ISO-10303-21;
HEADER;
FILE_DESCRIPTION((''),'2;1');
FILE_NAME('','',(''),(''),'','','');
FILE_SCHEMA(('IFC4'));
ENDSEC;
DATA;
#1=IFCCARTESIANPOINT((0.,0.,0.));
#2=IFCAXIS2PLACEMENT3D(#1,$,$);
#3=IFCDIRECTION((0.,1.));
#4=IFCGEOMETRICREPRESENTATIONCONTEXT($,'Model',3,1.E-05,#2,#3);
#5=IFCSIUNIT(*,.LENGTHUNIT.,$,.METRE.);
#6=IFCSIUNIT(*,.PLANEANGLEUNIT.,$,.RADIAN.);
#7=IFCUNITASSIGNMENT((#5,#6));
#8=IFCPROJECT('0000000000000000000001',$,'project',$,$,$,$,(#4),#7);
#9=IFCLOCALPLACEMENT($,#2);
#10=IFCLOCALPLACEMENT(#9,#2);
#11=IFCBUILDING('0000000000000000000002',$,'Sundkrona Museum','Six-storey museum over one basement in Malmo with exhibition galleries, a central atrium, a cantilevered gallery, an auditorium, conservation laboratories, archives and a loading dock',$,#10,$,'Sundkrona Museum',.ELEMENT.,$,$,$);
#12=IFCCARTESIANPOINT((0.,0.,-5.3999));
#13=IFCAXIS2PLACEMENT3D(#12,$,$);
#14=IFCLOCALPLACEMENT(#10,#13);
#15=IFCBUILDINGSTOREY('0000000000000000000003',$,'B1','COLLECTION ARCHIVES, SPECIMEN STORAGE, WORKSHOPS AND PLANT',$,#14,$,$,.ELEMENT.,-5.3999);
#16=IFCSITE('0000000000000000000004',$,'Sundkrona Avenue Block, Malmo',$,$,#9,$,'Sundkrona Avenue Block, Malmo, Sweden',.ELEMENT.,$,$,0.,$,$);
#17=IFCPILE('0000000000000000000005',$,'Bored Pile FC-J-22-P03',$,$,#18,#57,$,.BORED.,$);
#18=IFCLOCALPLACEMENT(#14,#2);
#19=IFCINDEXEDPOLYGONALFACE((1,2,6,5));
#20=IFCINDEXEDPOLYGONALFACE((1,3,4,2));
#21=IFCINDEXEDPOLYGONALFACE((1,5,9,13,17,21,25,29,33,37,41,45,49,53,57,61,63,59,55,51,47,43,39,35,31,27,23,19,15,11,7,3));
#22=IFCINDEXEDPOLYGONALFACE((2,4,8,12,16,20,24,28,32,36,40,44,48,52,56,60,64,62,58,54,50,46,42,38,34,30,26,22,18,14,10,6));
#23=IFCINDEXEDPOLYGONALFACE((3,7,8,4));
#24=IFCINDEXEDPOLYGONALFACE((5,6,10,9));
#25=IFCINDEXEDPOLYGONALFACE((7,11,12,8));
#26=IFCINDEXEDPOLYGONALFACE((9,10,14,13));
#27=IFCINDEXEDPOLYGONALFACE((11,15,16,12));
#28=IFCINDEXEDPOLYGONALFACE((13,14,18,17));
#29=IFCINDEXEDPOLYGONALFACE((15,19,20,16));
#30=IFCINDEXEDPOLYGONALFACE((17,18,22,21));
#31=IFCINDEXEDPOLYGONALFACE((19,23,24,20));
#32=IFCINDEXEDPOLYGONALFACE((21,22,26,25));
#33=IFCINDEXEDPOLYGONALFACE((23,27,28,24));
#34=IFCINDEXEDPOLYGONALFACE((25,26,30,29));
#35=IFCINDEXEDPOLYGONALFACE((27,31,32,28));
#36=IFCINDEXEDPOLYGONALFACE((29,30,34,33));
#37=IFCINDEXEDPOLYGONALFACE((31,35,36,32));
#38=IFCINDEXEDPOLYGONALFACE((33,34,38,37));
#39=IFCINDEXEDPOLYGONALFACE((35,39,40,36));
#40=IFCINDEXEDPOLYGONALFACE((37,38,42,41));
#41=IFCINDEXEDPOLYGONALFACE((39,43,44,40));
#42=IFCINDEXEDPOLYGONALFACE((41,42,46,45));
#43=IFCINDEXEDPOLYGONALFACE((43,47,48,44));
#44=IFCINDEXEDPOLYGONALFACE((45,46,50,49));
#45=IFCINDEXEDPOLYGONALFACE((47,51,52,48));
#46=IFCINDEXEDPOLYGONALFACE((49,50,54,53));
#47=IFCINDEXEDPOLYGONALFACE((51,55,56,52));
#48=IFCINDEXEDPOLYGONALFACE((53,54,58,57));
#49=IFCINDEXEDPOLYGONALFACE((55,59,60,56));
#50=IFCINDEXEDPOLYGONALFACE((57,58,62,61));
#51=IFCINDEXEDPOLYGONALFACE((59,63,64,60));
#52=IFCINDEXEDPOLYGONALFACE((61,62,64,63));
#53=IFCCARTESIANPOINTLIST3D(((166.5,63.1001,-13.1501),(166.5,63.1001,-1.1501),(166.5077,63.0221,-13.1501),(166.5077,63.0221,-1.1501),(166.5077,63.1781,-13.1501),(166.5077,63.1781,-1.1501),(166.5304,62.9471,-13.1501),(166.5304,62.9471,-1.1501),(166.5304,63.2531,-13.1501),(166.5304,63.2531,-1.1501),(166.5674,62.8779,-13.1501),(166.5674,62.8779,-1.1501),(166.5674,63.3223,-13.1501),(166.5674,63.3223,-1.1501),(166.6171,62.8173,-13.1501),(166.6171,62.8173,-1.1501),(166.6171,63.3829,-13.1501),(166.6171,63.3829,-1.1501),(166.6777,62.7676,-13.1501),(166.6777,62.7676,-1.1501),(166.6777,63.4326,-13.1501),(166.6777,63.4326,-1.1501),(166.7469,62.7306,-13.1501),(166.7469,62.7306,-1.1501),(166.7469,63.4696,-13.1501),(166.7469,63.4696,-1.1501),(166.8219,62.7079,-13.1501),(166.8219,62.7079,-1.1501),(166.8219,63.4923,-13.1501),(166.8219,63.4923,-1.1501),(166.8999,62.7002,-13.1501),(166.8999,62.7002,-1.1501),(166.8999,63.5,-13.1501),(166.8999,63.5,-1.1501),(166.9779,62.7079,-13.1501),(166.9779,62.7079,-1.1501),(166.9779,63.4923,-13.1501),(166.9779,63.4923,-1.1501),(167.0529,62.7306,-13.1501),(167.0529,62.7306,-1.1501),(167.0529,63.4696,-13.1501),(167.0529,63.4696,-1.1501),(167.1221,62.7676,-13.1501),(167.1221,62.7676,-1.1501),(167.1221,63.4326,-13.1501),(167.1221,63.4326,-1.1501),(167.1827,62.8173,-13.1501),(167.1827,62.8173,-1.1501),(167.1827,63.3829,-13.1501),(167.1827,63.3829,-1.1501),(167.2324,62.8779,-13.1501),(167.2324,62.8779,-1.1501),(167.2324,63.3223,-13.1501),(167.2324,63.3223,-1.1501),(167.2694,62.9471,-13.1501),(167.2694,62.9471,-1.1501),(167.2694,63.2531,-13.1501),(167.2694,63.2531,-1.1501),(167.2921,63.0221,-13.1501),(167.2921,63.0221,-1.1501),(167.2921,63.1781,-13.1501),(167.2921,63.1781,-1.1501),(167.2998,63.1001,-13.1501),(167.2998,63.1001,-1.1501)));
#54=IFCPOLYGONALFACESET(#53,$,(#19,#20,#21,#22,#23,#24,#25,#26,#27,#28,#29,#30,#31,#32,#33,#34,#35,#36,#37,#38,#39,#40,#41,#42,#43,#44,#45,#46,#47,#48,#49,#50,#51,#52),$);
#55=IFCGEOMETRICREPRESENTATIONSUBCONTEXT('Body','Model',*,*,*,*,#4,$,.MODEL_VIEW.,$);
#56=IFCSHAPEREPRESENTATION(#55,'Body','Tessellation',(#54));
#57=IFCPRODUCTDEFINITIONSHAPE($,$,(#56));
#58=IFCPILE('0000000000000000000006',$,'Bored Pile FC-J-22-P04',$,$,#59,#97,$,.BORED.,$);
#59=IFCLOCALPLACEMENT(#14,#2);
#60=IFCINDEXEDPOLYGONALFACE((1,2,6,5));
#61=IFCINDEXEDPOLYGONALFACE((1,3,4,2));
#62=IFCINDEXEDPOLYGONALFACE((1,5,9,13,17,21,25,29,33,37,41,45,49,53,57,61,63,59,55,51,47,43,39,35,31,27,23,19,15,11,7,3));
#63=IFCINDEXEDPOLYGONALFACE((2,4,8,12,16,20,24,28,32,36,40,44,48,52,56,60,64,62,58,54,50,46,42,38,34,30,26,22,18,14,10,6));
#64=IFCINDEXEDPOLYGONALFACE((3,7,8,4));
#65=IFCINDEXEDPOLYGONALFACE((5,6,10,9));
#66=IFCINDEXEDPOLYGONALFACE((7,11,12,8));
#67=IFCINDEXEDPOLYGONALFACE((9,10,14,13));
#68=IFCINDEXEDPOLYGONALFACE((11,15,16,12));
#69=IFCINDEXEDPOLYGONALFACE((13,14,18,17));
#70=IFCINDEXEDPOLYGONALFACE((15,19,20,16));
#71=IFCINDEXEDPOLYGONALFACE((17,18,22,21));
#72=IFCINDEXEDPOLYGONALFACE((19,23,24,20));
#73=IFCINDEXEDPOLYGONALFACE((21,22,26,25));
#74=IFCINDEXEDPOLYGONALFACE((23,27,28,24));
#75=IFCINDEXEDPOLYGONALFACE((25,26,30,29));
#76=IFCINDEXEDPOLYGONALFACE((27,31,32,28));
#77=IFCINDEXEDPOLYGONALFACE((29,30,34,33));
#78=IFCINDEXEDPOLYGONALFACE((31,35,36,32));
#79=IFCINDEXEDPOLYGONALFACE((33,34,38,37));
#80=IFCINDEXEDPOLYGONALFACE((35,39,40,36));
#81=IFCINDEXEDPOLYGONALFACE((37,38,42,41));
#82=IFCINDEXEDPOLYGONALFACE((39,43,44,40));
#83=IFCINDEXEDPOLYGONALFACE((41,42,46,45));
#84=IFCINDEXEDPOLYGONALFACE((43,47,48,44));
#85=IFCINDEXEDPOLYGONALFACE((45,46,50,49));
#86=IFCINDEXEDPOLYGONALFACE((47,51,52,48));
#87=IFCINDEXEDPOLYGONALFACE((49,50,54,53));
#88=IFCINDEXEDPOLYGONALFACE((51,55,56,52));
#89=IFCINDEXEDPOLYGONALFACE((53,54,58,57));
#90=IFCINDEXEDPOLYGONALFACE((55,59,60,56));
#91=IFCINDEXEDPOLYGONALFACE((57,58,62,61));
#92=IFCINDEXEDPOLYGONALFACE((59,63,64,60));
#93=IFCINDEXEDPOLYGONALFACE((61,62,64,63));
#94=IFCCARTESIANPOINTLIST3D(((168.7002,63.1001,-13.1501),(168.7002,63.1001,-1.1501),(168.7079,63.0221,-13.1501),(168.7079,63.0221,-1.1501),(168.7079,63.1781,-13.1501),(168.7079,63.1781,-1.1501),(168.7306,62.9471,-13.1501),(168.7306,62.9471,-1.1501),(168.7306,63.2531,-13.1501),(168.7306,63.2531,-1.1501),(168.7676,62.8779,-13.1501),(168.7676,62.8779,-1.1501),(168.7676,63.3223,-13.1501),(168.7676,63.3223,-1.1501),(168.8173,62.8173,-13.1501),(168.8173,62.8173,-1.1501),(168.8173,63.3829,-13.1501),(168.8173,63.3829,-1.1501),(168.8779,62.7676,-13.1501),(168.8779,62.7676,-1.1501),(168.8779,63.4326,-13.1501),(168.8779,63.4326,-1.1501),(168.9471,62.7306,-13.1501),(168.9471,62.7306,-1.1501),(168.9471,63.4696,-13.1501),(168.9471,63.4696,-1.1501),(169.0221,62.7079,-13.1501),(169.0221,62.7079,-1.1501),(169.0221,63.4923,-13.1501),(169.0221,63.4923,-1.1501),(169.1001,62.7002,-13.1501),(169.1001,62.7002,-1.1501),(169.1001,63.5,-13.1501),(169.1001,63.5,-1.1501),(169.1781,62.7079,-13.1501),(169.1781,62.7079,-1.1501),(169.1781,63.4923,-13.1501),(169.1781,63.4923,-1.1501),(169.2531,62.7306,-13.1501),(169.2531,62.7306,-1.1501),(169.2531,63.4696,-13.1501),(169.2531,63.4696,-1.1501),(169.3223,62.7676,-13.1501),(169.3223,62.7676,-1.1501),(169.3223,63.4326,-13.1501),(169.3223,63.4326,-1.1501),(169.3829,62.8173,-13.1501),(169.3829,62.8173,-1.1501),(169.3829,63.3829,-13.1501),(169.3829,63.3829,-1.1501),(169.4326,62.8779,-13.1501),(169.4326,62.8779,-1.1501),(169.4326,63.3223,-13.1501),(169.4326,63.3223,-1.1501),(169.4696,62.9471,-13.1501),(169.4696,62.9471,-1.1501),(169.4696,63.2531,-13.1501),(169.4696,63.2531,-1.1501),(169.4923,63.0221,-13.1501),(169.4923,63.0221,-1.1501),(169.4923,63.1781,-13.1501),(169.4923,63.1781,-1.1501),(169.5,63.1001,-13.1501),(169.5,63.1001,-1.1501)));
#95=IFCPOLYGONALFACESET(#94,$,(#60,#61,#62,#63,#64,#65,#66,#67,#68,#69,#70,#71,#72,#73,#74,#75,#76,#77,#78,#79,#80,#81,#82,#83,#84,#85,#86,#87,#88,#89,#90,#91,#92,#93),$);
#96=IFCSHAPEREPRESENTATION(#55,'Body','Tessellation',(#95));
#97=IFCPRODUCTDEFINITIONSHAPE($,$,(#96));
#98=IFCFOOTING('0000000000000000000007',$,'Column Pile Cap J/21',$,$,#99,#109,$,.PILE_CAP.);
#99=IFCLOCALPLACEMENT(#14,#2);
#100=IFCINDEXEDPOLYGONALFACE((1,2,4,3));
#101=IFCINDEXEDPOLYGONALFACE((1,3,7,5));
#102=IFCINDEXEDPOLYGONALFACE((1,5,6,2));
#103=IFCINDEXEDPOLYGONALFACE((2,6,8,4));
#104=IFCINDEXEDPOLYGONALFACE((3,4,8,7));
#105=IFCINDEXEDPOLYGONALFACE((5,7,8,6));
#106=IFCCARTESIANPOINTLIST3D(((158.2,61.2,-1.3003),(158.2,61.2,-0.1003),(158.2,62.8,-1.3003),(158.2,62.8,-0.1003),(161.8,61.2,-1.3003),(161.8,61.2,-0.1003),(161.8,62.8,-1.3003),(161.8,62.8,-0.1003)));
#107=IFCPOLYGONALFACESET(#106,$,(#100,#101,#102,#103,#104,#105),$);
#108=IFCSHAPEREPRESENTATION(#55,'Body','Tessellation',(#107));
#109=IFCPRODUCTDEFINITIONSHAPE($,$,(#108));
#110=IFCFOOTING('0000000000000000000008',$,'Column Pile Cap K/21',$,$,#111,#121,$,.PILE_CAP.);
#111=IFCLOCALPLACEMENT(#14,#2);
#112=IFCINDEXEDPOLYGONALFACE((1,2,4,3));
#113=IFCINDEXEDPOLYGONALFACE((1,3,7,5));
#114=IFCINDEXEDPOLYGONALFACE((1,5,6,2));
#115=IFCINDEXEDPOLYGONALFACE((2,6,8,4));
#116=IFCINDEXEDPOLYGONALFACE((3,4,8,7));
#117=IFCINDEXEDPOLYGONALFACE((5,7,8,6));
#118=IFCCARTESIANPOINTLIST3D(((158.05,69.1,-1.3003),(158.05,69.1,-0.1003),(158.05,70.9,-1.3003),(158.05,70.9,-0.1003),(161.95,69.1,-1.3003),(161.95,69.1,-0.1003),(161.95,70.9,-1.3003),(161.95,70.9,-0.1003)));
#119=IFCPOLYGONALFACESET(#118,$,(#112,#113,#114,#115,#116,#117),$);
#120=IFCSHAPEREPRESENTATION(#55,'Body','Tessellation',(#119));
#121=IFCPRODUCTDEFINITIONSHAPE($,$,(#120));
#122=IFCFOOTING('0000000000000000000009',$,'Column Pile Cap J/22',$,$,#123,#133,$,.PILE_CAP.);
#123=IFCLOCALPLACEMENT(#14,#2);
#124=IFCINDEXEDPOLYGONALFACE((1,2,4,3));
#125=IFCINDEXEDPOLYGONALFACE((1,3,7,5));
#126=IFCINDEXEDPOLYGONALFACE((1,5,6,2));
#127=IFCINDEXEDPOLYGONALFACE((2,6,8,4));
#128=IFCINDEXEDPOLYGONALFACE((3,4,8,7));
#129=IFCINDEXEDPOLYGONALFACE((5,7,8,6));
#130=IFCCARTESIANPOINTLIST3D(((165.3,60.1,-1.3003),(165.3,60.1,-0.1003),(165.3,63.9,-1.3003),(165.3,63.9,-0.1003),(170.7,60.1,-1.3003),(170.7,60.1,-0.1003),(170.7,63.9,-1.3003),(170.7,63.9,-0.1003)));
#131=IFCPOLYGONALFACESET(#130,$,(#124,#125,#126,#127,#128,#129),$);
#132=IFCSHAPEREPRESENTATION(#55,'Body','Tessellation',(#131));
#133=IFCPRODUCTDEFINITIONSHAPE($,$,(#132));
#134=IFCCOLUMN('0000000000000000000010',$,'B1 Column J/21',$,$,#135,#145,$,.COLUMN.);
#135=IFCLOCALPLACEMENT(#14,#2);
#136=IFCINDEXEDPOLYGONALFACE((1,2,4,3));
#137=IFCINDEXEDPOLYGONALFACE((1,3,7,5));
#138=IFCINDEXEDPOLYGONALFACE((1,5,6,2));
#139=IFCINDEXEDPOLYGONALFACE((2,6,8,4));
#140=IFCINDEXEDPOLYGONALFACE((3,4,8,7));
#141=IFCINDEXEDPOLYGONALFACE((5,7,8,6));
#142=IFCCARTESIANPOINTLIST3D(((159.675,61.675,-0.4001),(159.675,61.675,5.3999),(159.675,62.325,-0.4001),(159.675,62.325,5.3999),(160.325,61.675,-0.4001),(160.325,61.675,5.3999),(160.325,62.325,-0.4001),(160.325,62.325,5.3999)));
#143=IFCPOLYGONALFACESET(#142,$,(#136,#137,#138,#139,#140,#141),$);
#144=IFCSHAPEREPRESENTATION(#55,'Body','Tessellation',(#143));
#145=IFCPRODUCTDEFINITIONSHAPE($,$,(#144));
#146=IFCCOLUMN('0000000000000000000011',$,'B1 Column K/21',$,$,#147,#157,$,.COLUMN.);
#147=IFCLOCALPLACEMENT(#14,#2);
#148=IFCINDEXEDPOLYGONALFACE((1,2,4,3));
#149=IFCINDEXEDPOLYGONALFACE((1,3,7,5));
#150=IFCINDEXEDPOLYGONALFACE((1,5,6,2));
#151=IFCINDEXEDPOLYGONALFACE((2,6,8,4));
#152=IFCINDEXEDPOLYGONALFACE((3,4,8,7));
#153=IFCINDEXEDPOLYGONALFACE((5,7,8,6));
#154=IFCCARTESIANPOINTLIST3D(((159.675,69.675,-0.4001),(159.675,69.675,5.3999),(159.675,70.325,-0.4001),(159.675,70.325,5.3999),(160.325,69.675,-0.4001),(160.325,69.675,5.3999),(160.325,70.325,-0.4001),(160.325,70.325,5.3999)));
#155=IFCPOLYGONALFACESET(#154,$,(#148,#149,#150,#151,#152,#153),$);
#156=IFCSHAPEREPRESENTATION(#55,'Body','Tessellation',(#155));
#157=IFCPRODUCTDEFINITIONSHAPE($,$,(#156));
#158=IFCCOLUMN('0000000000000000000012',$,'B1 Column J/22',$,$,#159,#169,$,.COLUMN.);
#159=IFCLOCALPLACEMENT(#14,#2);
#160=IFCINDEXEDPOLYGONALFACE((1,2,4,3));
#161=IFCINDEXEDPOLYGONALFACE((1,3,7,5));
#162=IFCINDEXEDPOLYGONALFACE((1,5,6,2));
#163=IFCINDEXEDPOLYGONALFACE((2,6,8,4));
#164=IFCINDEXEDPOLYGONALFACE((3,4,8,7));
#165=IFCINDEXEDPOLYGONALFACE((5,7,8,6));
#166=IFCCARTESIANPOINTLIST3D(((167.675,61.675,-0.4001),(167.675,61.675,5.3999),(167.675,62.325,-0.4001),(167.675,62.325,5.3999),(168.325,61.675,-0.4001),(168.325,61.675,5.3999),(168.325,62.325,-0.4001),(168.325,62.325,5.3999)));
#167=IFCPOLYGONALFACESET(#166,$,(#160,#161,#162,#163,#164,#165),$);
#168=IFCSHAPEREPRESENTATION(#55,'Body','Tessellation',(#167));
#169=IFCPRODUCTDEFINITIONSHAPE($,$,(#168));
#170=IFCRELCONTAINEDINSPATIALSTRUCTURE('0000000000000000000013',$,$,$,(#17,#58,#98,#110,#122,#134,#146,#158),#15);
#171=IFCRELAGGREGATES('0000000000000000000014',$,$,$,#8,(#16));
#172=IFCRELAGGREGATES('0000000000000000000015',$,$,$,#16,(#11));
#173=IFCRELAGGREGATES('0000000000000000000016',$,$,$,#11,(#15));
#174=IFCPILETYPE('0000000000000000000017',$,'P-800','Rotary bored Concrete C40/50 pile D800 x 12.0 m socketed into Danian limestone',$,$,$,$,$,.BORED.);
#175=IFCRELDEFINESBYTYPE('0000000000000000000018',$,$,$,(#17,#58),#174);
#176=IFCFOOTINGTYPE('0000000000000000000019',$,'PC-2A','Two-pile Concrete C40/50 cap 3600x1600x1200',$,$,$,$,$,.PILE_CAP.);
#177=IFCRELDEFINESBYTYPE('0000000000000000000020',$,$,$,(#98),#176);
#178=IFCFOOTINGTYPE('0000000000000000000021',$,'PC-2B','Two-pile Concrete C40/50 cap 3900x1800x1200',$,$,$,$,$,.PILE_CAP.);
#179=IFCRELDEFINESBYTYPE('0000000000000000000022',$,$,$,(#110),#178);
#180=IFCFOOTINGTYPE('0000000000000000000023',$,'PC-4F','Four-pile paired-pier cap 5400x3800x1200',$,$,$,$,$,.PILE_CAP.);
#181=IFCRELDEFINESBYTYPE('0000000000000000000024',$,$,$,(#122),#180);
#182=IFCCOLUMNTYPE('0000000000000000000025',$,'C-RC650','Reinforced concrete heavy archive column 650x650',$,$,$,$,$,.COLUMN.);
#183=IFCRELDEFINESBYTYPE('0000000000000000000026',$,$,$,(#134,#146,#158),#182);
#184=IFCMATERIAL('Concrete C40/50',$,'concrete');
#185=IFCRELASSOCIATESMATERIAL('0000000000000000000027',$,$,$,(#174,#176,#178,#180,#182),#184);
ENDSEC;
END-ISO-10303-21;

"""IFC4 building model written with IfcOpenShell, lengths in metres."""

from ifc_helpers import new_model, si_unit, direction, frame, origin, origin_2d, place, context, subcontext, project, spatial, rectangle, circle, extrude, material, material_profile, profile_set, type_object, element, save


model = new_model("IFC4")

# Units and contexts
model_context = context("Model", 3, precision=1e-05, world=origin(), true_north=direction((0.0, 1.0)))
body_context = subcontext(model_context, "Body", "Model", "MODEL_VIEW")
ifc_project = project(units=[si_unit("LENGTHUNIT", "METRE"), si_unit("PLANEANGLEUNIT", "RADIAN")], contexts=[model_context])

# Site, building, storey
site_placement = place(None, origin())
site = spatial("IfcSite", under=ifc_project, at=site_placement, Name="Sundkrona Avenue Block, Malmo", LongName="Sundkrona Avenue Block, Malmo, Sweden", CompositionType="ELEMENT", RefElevation=0.0)
building_placement = place(site_placement, origin())
building = spatial("IfcBuilding", under=site, at=building_placement, Name="Sundkrona Museum", Description="Six-storey museum over one basement in Malmo with exhibition galleries, a central atrium, a cantilevered gallery, an auditorium, conservation laboratories, archives and a loading dock", LongName="Sundkrona Museum", CompositionType="ELEMENT")
storey_placement = place(building_placement, frame((0.0, 0.0, -5.3999)))
storey = spatial("IfcBuildingStorey", under=building, at=storey_placement, Name="B1", Description="COLLECTION ARCHIVES, SPECIMEN STORAGE, WORKSHOPS AND PLANT", CompositionType="ELEMENT", Elevation=-5.3999)

# Shared definitions
ifc_material_1 = material(Name="Concrete C40/50", Category="concrete")

# Piles
ifc_material_profile_1 = material_profile(ifc_material_1, circle(Radius=0.3999, at=origin_2d()), Name="PILE D800")
ifc_profile_set_1 = profile_set([ifc_material_profile_1], Name="Concrete C40/50")
pile_type = type_object("IfcPileType", Name="P-800", Description="Rotary bored Concrete C40/50 pile D800 x 12.0 m socketed into Danian limestone", PredefinedType="BORED", material=ifc_profile_set_1)
for number, where, z_axis, x_axis, name in (
    (1, (166.8999, 63.1001, -1.1501), (0.0, 0.0, -1.0), (1.0, 0.0, 0.0), "Bored Pile FC-J-22-P03"),
    (2, (169.1001, 63.1001, -1.1501), (0.0, 0.0, -1.0), (1.0, 0.0, 0.0), "Bored Pile FC-J-22-P04"),
):
    element("IfcPile", number, at=place(storey_placement, frame(where, z_axis=z_axis, x_axis=x_axis)), inside=storey, type_object=pile_type, Name=name, PredefinedType="BORED", context=body_context, shape_type="SweptSolid", body=[
        extrude(circle(Radius=0.3999, at=origin_2d()), origin(), (0.0, 0.0, 1.0), 12.0),
    ])

# Footings
footing_type_1 = type_object("IfcFootingType", Name="PC-2A", Description="Two-pile Concrete C40/50 cap 3600x1600x1200", PredefinedType="PILE_CAP", material=ifc_material_1)
footing_1_placement = place(storey_placement, frame((160.0, 62.0, -1.3003), z_axis=(0.0, 0.0, 1.0), x_axis=(1.0, 0.0, 0.0)))
element("IfcFooting", 3, at=footing_1_placement, inside=storey, type_object=footing_type_1, Name="Column Pile Cap J/21", PredefinedType="PILE_CAP", context=body_context, shape_type="SweptSolid", body=[
    extrude(rectangle(XDim=3.6001, YDim=1.6001, at=origin_2d()), origin(), (0.0, 0.0, 1.0), 1.2),
])
footing_type_2 = type_object("IfcFootingType", Name="PC-2B", Description="Two-pile Concrete C40/50 cap 3900x1800x1200", PredefinedType="PILE_CAP", material=ifc_material_1)
footing_2_placement = place(storey_placement, frame((160.0, 70.0, -1.3003), z_axis=(0.0, 0.0, 1.0), x_axis=(1.0, 0.0, 0.0)))
element("IfcFooting", 4, at=footing_2_placement, inside=storey, type_object=footing_type_2, Name="Column Pile Cap K/21", PredefinedType="PILE_CAP", context=body_context, shape_type="SweptSolid", body=[
    extrude(rectangle(XDim=3.8999, YDim=1.8, at=origin_2d()), origin(), (0.0, 0.0, 1.0), 1.2),
])
footing_type_3 = type_object("IfcFootingType", Name="PC-4F", Description="Four-pile paired-pier cap 5400x3800x1200", PredefinedType="PILE_CAP", material=ifc_material_1)
footing_3_placement = place(storey_placement, frame((168.0, 62.0, -1.3003), z_axis=(0.0, 0.0, 1.0), x_axis=(1.0, 0.0, 0.0)))
element("IfcFooting", 5, at=footing_3_placement, inside=storey, type_object=footing_type_3, Name="Column Pile Cap J/22", PredefinedType="PILE_CAP", context=body_context, shape_type="SweptSolid", body=[
    extrude(rectangle(XDim=5.3999, YDim=3.8, at=origin_2d()), origin(), (0.0, 0.0, 1.0), 1.2),
])

# Columns
ifc_material_profile_2 = material_profile(ifc_material_1, rectangle(XDim=0.6499, YDim=0.6499, at=origin_2d()), Name="RC 650x650")
ifc_profile_set_2 = profile_set([ifc_material_profile_2], Name="Concrete C40/50")
column_type = type_object("IfcColumnType", Name="C-RC650", Description="Reinforced concrete heavy archive column 650x650", PredefinedType="COLUMN", material=ifc_profile_set_2)
for number, where, z_axis, x_axis, name in (
    (6, (160.0, 62.0, -0.4001), (0.0, 0.0, 1.0), (1.0, 0.0, 0.0), "B1 Column J/21"),
    (7, (160.0, 70.0, -0.4001), (0.0, 0.0, 1.0), (1.0, 0.0, 0.0), "B1 Column K/21"),
    (8, (168.0, 62.0, -0.4001), (0.0, 0.0, 1.0), (1.0, 0.0, 0.0), "B1 Column J/22"),
):
    element("IfcColumn", number, at=place(storey_placement, frame(where, z_axis=z_axis, x_axis=x_axis)), inside=storey, type_object=column_type, Name=name, PredefinedType="COLUMN", context=body_context, shape_type="SweptSolid", body=[
        extrude(rectangle(XDim=0.6499, YDim=0.6499, at=origin_2d()), origin(), (0.0, 0.0, 1.0), 5.8),
    ])

save(model, "model.ifc")
